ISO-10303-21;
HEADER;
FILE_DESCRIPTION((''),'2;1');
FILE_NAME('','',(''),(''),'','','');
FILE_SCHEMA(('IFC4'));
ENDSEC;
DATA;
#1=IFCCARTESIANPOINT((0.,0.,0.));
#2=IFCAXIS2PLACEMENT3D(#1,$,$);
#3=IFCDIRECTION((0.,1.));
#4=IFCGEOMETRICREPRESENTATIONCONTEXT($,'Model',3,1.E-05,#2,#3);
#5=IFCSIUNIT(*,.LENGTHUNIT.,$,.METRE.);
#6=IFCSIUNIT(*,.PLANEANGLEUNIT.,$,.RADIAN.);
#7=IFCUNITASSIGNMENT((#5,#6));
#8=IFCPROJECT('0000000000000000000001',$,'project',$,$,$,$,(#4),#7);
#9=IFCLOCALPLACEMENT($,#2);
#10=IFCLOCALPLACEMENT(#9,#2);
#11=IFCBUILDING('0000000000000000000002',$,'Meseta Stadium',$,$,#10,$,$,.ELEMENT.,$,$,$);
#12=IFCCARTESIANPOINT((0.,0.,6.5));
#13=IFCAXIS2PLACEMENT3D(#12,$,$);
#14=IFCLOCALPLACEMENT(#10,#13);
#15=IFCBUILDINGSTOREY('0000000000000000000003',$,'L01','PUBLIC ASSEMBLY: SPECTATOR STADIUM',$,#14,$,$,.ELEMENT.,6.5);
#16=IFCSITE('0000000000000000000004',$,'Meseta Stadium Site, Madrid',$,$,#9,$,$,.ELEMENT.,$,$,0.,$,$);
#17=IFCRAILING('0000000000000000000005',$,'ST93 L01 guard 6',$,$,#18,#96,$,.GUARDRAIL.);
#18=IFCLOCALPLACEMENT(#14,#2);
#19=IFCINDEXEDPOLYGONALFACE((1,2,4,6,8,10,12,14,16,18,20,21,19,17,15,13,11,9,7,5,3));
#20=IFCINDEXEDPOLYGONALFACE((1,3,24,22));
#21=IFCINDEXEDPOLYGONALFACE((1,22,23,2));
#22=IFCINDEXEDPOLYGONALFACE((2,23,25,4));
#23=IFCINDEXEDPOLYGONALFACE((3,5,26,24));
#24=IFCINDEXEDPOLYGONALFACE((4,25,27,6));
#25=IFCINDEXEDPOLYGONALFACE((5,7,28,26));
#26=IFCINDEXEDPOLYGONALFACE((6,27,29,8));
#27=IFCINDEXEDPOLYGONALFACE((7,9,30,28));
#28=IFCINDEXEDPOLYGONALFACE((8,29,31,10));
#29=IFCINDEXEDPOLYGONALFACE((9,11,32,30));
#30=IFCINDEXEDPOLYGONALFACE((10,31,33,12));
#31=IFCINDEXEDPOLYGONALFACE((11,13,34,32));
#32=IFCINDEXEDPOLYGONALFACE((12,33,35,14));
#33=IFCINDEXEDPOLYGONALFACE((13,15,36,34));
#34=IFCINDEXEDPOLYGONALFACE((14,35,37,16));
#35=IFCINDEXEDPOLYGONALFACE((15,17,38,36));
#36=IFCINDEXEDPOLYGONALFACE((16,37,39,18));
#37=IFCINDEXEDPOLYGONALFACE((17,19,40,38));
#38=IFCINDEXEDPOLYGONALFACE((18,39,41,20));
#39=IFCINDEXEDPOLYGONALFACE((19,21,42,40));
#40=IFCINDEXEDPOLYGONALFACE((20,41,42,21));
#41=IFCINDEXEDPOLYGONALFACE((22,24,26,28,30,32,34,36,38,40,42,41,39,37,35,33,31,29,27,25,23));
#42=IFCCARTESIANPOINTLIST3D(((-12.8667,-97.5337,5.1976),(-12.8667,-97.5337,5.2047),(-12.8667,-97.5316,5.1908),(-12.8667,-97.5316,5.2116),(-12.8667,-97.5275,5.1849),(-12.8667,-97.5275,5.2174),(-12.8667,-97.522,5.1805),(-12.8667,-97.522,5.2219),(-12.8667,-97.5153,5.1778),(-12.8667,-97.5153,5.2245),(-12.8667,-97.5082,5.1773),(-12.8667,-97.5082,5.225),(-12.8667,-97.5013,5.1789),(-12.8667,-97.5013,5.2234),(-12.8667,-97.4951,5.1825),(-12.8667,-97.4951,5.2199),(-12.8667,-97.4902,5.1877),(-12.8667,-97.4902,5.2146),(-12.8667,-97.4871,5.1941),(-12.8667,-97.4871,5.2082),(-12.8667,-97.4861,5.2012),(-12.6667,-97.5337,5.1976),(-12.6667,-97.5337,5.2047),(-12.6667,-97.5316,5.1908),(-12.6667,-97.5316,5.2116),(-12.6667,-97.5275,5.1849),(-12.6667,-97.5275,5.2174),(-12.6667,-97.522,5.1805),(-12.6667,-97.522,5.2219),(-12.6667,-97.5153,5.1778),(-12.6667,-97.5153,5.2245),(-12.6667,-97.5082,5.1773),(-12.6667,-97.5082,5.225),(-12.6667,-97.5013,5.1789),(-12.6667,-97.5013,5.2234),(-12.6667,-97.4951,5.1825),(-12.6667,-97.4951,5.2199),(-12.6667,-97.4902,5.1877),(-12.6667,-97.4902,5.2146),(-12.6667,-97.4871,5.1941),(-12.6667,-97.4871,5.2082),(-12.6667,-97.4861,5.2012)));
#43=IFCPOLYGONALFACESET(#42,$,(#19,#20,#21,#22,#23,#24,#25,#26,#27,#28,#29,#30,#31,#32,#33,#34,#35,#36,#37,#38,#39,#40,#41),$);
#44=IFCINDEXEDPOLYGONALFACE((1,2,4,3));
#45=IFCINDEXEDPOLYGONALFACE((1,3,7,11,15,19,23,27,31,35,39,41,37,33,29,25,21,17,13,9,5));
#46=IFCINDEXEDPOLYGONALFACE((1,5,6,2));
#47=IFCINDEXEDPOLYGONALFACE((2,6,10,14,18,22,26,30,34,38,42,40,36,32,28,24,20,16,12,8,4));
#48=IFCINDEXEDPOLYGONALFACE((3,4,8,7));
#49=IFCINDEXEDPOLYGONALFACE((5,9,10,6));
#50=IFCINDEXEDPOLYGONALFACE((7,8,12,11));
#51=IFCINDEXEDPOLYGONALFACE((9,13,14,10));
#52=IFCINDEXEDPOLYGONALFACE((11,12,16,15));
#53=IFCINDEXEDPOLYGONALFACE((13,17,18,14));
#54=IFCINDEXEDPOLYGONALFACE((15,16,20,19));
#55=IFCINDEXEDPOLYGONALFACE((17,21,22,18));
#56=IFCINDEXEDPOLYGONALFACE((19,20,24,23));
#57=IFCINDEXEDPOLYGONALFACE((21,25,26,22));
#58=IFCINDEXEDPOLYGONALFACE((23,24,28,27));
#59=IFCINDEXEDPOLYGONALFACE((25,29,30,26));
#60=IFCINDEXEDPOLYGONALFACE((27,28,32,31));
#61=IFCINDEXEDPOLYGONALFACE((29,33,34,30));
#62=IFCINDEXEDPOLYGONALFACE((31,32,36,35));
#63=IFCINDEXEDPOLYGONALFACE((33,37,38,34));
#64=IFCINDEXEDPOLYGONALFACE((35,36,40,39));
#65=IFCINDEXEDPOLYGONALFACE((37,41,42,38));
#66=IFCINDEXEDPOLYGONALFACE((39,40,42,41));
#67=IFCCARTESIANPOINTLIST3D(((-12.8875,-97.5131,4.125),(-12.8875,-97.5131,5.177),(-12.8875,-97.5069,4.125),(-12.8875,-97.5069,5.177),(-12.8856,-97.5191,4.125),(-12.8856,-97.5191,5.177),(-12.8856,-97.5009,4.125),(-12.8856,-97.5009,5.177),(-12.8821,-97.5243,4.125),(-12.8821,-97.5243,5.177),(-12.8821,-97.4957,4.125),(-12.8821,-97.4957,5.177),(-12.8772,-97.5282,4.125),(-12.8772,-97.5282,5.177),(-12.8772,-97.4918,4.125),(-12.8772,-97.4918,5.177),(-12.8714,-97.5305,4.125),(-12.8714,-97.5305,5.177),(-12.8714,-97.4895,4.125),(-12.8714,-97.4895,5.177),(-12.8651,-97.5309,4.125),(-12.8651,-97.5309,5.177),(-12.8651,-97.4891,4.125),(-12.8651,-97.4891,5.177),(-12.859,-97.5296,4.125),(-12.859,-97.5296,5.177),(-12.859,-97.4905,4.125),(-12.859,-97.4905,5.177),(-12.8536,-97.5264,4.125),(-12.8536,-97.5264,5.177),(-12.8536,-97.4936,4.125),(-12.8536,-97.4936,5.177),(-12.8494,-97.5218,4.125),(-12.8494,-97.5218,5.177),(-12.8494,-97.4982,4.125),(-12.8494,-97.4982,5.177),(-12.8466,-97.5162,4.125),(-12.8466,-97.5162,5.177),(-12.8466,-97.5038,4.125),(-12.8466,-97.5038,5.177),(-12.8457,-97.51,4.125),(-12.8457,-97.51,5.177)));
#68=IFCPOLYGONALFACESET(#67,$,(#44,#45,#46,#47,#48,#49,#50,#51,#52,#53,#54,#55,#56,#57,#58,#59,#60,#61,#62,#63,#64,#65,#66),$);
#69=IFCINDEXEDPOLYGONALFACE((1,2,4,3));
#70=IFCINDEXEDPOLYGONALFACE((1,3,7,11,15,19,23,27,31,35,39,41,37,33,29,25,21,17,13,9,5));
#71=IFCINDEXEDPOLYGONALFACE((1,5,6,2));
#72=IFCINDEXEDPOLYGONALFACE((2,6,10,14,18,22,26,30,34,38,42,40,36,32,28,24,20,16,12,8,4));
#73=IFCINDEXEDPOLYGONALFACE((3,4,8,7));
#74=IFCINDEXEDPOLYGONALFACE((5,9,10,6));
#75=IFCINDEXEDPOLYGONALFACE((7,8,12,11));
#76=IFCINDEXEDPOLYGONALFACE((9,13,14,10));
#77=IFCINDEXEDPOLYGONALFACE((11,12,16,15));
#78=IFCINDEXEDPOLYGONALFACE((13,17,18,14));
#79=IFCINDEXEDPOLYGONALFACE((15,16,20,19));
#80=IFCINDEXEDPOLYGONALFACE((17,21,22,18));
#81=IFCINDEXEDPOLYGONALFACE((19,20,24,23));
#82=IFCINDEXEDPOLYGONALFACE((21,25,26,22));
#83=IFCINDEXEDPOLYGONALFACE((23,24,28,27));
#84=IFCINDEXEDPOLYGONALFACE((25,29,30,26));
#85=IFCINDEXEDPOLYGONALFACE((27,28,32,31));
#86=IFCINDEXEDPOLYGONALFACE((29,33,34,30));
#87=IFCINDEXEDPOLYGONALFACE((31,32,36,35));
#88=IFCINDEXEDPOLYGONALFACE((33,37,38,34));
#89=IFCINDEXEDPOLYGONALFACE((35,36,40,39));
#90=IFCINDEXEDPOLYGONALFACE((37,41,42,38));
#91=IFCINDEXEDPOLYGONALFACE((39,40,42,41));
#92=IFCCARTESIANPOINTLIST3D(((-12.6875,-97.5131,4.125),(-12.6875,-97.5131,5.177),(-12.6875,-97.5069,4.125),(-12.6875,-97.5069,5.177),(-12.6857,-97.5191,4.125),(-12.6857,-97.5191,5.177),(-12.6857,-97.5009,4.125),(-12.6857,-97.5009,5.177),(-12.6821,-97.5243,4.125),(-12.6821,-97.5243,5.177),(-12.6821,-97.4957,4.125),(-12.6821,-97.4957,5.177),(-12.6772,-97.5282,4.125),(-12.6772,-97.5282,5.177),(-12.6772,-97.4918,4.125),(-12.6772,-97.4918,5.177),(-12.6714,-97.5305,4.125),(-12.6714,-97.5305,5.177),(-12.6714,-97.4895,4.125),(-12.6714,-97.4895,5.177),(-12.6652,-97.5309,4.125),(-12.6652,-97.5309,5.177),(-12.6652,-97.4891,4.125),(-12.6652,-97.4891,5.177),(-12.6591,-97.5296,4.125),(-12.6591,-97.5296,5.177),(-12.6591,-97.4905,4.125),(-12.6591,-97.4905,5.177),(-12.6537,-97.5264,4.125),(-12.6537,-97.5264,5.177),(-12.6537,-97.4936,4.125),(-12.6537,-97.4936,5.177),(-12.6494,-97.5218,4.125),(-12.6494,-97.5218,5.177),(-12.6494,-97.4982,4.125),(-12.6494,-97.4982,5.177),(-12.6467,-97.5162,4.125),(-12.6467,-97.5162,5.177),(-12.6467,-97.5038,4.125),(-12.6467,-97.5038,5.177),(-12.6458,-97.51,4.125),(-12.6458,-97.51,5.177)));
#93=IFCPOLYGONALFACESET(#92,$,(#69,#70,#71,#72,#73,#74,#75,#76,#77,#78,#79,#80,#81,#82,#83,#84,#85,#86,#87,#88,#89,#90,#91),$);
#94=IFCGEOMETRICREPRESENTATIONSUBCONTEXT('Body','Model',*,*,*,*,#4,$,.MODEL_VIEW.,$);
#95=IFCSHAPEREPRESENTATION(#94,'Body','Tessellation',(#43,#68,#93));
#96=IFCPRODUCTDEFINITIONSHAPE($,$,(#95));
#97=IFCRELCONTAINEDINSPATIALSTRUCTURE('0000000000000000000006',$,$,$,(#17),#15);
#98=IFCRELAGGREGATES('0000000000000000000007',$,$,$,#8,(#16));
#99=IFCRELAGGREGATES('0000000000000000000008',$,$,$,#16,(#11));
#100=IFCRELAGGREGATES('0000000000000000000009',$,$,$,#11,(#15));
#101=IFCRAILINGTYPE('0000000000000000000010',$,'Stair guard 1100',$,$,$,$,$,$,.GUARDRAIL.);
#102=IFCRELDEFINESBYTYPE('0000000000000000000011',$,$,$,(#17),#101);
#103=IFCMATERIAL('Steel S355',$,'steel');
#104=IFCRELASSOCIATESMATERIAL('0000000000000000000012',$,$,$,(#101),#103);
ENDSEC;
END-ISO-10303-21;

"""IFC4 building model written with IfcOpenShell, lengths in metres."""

from ifc_helpers import new_model, si_unit, direction, frame, origin, origin_2d, place, context, subcontext, project, spatial, circle, extrude, material, type_object, element, save


model = new_model("IFC4")

# Units and contexts
model_context = context("Model", 3, precision=1e-05, world=origin(), true_north=direction((0.0, 1.0)))
body_context = subcontext(model_context, "Body", "Model", "MODEL_VIEW")
ifc_project = project(units=[si_unit("LENGTHUNIT", "METRE"), si_unit("PLANEANGLEUNIT", "RADIAN")], contexts=[model_context])

# Site, building, storey
site_placement = place(None, origin())
site = spatial("IfcSite", under=ifc_project, at=site_placement, Name="Meseta Stadium Site, Madrid", CompositionType="ELEMENT", RefElevation=0.0)
building_placement = place(site_placement, origin())
building = spatial("IfcBuilding", under=site, at=building_placement, Name="Meseta Stadium", CompositionType="ELEMENT")
storey_placement = place(building_placement, frame((0.0, 0.0, 6.5)))
storey = spatial("IfcBuildingStorey", under=building, at=storey_placement, Name="L01", Description="PUBLIC ASSEMBLY: SPECTATOR STADIUM", CompositionType="ELEMENT", Elevation=6.5)

# Railing
ifc_material_1 = material(Name="Steel S355", Category="steel")
railing_type_1 = type_object("IfcRailingType", Name="Stair guard 1100", PredefinedType="GUARDRAIL", material=ifc_material_1)
railing_1_placement = place(storey_placement, frame((-12.8667, -97.51, 4.125)))
element("IfcRailing", 1, at=railing_1_placement, inside=storey, type_object=railing_type_1, Name="ST93 L01 guard 6", PredefinedType="GUARDRAIL", context=body_context, shape_type="SweptSolid", body=[
    extrude(circle(Radius=0.0239, at=origin_2d()), frame((0.0, 0.0, 1.0762), z_axis=(1.0, 0.0, 0.0), x_axis=(0.0, 1.0, 0.0)), (0.0, 0.0, 1.0), 0.2),
    extrude(circle(Radius=0.021, at=origin_2d()), origin(), (0.0, 0.0, 1.0), 1.052),
    extrude(circle(Radius=0.021, at=origin_2d()), frame((0.2, 0.0, 0.0)), (0.0, 0.0, 1.0), 1.052),
])

save(model, "model.ifc")
